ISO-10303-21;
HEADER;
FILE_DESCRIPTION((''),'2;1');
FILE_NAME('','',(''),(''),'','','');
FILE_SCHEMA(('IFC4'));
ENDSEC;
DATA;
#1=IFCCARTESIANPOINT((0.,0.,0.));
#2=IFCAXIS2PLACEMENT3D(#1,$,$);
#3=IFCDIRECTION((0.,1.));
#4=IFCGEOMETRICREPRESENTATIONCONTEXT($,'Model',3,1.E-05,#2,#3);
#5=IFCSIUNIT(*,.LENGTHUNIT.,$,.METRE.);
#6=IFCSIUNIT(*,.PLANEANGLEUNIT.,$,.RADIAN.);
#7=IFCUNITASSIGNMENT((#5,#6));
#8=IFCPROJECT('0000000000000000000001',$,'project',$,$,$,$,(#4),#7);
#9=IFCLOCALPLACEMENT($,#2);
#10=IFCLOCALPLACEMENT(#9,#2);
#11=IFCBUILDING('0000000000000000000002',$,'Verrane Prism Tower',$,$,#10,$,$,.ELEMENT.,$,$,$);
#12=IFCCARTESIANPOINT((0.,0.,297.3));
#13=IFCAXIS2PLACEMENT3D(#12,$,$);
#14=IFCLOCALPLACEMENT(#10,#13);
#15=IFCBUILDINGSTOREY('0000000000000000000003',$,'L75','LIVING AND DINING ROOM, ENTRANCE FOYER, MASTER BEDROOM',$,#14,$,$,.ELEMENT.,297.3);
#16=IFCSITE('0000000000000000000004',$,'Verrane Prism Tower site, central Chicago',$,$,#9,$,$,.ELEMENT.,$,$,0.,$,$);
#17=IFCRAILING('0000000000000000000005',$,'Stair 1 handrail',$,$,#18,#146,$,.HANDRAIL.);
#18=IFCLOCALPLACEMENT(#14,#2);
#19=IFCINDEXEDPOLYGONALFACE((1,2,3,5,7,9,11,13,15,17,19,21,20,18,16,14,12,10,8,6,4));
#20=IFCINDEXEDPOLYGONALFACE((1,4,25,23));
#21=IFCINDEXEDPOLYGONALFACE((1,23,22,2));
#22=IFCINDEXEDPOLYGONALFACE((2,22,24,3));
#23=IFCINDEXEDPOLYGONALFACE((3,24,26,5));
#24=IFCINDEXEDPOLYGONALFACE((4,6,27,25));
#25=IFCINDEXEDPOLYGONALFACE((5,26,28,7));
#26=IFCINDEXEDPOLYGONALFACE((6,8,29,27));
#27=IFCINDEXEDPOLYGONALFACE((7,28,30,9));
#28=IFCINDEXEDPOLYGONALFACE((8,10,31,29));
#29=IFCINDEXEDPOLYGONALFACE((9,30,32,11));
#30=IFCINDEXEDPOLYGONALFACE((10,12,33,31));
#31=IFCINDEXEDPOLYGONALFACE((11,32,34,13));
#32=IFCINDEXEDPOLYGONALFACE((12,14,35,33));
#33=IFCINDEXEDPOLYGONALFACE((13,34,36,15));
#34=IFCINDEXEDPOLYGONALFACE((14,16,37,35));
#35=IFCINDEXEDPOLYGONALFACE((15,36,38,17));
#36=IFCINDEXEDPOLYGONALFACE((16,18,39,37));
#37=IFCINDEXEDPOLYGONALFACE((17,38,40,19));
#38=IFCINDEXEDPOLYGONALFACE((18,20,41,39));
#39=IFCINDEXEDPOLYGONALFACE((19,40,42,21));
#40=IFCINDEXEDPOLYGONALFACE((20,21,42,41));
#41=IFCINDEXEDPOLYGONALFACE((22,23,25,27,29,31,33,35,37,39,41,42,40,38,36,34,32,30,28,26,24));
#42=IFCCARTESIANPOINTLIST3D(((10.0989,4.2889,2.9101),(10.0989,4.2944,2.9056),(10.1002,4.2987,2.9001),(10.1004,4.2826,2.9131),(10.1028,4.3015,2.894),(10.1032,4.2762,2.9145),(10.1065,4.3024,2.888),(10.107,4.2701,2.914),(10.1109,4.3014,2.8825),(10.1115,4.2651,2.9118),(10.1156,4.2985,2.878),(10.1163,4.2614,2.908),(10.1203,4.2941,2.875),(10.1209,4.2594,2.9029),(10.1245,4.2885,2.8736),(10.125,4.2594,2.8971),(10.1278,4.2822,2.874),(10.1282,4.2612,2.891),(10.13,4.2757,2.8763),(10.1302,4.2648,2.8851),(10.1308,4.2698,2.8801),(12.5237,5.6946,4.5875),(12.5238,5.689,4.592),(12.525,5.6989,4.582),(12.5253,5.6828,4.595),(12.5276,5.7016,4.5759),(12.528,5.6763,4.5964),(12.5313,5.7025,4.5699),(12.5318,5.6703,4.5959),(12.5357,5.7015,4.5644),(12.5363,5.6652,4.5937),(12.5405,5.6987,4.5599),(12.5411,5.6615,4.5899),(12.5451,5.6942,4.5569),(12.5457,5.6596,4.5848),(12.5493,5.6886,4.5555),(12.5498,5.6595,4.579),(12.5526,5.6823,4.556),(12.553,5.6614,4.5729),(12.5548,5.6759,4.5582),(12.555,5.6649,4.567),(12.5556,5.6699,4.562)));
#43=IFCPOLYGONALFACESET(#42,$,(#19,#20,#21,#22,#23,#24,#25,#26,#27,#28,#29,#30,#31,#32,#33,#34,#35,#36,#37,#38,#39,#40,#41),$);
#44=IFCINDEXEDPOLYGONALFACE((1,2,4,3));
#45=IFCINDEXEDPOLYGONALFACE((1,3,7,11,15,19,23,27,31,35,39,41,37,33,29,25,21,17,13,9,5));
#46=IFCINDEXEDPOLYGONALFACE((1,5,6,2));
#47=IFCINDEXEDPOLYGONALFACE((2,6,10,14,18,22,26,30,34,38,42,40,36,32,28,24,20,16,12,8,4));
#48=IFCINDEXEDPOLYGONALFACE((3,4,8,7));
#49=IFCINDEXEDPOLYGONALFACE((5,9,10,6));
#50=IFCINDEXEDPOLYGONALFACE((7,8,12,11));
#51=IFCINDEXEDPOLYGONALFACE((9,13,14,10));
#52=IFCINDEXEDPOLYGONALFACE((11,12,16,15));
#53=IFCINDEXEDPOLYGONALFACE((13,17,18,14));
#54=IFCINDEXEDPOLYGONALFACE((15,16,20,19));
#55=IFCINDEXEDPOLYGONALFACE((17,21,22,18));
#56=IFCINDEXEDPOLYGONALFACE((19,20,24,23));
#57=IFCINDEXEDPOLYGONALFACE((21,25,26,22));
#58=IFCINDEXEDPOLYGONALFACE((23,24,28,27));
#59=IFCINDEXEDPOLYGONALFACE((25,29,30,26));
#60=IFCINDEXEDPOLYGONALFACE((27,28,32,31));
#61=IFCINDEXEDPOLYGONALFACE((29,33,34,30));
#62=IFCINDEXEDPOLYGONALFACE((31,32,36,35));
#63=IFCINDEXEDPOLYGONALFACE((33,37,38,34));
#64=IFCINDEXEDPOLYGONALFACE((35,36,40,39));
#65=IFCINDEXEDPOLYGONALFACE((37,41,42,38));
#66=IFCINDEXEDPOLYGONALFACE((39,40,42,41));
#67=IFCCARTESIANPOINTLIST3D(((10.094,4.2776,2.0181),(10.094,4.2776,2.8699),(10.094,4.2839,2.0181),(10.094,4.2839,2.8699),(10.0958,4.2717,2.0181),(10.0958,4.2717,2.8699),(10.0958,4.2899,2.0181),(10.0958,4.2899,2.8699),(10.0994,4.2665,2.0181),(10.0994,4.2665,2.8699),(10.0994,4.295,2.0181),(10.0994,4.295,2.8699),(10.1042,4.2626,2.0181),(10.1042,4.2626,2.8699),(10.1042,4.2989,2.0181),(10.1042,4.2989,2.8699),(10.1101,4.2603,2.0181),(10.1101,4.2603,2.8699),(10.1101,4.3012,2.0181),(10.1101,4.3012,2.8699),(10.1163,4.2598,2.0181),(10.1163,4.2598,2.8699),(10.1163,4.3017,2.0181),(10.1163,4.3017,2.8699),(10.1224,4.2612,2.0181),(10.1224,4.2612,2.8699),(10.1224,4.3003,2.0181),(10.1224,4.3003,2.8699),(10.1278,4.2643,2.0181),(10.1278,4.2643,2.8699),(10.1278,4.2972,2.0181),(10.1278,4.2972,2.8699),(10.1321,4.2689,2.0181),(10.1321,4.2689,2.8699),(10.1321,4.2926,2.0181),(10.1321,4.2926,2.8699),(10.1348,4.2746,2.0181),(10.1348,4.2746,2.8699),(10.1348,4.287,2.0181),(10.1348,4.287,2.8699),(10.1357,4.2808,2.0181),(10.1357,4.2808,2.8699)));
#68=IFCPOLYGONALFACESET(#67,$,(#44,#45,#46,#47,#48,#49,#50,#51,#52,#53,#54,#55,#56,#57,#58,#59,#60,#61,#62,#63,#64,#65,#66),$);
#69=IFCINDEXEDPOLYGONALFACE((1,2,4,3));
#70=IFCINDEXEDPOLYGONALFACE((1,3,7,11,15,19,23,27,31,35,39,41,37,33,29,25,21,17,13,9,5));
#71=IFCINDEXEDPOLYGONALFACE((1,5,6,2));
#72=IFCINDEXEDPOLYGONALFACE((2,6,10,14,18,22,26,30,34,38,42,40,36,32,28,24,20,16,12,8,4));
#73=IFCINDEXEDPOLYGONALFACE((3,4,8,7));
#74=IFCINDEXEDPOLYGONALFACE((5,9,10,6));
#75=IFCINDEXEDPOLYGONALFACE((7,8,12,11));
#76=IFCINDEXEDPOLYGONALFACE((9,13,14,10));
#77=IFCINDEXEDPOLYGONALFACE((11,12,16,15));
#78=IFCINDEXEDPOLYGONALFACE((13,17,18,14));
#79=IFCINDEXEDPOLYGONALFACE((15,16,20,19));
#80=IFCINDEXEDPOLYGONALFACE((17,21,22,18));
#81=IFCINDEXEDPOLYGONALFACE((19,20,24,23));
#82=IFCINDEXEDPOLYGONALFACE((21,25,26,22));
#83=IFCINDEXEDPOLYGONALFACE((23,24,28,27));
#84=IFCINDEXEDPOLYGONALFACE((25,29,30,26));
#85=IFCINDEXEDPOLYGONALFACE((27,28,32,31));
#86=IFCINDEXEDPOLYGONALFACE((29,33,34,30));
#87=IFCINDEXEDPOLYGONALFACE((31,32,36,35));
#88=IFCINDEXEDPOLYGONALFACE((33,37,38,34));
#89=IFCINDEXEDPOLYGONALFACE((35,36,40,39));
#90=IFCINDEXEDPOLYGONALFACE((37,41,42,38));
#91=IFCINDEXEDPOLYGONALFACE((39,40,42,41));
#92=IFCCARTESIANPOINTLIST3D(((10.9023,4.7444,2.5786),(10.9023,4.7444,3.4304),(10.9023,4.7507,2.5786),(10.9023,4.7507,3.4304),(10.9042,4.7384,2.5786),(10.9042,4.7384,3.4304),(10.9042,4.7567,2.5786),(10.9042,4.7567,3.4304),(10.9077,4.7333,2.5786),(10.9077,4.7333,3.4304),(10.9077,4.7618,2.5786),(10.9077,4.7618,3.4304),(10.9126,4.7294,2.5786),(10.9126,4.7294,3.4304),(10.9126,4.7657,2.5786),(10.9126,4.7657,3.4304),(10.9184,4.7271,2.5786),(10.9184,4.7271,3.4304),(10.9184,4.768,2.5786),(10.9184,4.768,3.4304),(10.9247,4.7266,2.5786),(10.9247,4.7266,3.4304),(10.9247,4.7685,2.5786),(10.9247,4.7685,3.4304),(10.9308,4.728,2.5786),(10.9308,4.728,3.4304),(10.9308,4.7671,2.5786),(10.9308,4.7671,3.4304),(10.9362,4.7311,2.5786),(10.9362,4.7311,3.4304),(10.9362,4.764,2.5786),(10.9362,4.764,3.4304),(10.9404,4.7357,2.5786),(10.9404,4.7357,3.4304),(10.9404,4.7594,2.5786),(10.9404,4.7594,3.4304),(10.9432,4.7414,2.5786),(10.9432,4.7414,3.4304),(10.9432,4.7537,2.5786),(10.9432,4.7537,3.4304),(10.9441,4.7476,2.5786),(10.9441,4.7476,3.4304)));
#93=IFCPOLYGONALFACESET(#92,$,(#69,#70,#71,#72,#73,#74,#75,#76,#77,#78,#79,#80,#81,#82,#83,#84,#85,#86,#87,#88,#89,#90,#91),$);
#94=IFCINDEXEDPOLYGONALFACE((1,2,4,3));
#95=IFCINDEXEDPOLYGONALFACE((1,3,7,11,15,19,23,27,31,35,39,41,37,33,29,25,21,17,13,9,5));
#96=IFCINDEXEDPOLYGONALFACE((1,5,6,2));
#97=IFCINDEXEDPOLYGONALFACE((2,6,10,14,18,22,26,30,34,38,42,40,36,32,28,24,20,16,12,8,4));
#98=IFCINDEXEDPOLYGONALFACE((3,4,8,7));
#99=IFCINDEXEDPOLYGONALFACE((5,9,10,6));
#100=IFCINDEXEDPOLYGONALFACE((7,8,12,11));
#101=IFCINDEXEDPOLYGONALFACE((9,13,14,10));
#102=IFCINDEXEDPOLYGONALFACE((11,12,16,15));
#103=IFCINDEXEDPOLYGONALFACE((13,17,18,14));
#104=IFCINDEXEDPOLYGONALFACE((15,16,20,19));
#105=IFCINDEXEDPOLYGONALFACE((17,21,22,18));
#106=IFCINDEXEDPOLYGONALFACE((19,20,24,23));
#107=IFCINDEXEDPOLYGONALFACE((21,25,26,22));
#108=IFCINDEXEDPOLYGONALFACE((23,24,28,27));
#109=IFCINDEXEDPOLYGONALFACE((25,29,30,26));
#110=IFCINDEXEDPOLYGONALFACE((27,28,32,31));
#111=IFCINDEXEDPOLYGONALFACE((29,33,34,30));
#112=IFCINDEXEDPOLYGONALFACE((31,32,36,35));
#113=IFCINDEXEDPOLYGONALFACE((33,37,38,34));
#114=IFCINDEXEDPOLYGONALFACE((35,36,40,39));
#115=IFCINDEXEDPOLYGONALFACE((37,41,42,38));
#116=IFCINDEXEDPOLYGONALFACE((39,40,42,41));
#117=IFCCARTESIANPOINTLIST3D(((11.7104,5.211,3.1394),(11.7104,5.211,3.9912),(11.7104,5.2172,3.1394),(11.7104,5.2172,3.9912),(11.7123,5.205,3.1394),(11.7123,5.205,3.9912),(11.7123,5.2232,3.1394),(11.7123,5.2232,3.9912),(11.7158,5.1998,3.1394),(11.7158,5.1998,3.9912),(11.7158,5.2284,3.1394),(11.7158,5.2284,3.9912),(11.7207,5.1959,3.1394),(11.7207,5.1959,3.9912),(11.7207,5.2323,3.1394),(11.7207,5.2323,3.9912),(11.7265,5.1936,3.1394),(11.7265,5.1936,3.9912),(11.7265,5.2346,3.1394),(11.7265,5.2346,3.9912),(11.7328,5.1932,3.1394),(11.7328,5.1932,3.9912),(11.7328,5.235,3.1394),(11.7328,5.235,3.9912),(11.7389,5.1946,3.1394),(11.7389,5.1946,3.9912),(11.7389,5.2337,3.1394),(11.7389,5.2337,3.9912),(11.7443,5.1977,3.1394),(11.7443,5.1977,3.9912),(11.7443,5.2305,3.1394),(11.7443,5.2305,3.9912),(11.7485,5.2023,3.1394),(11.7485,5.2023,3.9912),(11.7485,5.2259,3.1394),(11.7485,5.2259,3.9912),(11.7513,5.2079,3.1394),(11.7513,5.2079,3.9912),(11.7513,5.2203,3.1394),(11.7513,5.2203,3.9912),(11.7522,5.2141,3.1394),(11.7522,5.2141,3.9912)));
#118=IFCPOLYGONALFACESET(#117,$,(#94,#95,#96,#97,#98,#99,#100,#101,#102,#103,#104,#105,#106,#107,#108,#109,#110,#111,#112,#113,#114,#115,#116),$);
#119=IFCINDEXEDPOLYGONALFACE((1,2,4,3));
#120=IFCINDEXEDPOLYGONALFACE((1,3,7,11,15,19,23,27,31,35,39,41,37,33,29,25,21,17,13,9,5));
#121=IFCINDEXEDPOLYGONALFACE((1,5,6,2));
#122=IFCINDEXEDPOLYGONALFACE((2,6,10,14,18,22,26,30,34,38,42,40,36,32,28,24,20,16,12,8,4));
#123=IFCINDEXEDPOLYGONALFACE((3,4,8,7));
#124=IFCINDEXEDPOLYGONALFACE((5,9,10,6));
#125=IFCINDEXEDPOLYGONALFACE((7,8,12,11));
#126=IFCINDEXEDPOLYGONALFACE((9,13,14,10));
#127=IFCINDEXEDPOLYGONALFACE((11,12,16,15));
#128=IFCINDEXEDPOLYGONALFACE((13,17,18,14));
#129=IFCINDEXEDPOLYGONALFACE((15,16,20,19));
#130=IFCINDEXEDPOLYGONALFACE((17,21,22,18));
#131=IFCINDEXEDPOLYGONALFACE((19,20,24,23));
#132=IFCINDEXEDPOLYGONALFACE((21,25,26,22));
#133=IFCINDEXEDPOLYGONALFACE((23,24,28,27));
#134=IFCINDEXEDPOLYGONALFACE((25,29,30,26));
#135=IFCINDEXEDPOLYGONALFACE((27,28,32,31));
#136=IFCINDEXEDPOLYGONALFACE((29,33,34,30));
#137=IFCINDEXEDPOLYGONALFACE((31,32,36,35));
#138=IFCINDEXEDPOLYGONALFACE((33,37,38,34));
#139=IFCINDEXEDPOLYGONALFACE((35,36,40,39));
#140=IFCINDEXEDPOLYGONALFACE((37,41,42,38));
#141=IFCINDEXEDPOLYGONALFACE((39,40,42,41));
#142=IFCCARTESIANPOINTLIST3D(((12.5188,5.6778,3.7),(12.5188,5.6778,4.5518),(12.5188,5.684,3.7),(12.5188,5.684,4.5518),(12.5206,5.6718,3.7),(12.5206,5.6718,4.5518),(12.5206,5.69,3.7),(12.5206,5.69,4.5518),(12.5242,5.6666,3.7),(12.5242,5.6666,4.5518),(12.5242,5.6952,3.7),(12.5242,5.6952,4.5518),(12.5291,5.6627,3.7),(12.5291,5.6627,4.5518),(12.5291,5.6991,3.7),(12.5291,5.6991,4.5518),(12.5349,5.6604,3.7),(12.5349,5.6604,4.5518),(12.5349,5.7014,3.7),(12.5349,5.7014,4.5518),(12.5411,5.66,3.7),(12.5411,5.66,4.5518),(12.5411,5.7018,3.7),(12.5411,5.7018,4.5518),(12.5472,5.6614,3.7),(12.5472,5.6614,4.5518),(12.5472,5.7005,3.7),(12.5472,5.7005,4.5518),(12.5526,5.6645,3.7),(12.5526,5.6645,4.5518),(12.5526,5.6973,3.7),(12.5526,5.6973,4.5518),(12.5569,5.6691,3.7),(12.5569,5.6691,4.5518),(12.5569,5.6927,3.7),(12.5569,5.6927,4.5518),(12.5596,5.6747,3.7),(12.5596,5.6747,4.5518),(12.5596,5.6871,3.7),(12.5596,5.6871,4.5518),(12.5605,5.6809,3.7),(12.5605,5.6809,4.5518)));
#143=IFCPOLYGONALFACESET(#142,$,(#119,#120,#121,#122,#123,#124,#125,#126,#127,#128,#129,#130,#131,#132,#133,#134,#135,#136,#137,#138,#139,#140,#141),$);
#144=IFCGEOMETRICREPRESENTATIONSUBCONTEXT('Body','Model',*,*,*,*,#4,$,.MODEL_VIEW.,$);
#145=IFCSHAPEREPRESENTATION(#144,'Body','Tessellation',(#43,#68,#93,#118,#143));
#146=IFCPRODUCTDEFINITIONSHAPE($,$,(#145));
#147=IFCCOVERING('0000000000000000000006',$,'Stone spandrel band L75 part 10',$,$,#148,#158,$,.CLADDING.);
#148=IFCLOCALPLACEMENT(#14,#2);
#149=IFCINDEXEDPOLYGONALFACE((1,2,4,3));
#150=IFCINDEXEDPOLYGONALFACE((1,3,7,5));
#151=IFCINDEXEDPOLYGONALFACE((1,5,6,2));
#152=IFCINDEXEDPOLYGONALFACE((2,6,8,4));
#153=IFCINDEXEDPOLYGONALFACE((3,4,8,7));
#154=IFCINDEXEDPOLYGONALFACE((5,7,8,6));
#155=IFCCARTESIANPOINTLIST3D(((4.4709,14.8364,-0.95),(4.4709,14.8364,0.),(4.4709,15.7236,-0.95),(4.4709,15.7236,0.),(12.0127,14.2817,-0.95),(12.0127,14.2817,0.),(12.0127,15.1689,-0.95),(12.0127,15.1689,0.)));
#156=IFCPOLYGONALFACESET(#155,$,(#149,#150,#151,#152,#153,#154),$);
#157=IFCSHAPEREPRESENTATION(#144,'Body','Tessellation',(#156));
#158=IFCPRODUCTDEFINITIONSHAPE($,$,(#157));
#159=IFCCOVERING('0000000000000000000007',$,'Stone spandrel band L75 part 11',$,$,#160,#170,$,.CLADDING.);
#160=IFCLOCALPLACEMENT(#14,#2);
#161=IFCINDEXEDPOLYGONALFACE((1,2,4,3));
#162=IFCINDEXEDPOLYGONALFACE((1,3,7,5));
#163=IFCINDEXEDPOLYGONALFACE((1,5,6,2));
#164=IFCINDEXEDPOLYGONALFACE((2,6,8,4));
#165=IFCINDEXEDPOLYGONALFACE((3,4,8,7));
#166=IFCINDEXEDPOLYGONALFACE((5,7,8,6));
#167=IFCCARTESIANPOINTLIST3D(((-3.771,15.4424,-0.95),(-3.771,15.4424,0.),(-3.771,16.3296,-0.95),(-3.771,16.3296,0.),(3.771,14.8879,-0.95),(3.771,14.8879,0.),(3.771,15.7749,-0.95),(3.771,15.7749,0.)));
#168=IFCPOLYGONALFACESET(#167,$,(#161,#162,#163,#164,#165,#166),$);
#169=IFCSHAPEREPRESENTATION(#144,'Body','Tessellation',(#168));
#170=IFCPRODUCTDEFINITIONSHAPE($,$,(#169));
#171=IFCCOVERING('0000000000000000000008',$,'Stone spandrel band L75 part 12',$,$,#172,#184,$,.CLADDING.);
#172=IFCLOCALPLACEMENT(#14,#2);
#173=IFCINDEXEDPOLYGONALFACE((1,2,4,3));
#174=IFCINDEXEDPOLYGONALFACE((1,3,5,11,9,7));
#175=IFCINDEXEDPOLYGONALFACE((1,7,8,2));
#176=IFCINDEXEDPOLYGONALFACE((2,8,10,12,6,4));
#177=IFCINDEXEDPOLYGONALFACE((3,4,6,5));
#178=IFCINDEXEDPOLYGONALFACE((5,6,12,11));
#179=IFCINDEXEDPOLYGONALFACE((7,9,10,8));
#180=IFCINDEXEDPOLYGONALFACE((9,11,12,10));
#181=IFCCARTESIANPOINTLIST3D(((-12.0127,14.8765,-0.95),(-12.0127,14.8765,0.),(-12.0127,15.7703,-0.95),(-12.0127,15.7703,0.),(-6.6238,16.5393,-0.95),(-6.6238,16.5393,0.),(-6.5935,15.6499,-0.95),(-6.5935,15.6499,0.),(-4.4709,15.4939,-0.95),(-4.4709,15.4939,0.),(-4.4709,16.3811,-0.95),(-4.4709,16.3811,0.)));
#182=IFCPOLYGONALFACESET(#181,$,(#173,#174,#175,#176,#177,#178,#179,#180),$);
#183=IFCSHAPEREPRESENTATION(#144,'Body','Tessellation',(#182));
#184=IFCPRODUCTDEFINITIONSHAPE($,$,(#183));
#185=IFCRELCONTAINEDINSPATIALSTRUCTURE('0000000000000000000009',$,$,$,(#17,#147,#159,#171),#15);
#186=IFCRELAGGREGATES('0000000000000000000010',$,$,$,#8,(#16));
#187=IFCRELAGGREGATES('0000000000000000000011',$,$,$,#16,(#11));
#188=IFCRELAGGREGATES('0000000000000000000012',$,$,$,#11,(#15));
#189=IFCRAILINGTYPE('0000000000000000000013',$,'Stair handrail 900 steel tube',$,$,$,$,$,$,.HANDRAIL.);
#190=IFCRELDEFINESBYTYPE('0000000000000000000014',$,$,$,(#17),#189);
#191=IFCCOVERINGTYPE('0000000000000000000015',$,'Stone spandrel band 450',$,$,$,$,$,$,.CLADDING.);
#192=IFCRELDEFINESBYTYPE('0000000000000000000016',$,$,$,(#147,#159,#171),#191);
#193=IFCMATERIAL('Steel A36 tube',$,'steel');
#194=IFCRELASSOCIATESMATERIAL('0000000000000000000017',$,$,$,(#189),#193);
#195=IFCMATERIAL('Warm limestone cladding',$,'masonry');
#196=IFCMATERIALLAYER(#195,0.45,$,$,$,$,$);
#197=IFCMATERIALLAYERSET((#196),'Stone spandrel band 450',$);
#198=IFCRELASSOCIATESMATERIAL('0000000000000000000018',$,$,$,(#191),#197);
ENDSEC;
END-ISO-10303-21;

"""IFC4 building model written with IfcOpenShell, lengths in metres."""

from ifc_helpers import new_model, si_unit, direction, frame, origin, origin_2d, place, context, subcontext, project, spatial, polyline, circle, outline, extrude, material, layer, layer_set, type_object, element, save


model = new_model("IFC4")

# Units and contexts
model_context = context("Model", 3, precision=1e-05, world=origin(), true_north=direction((0.0, 1.0)))
body_context = subcontext(model_context, "Body", "Model", "MODEL_VIEW")
ifc_project = project(units=[si_unit("LENGTHUNIT", "METRE"), si_unit("PLANEANGLEUNIT", "RADIAN")], contexts=[model_context])

# Site, building, storey
site_placement = place(None, origin())
site = spatial("IfcSite", under=ifc_project, at=site_placement, Name="Verrane Prism Tower site, central Chicago", CompositionType="ELEMENT", RefElevation=0.0)
building_placement = place(site_placement, origin())
building = spatial("IfcBuilding", under=site, at=building_placement, Name="Verrane Prism Tower", CompositionType="ELEMENT")
storey_placement = place(building_placement, frame((0.0, 0.0, 297.3)))
storey = spatial("IfcBuildingStorey", under=building, at=storey_placement, Name="L75", Description="LIVING AND DINING ROOM, ENTRANCE FOYER, MASTER BEDROOM", CompositionType="ELEMENT", Elevation=297.3)

# Railing
ifc_material_1 = material(Name="Steel A36 tube", Category="steel")
railing_type = type_object("IfcRailingType", Name="Stair handrail 900 steel tube", PredefinedType="HANDRAIL", material=ifc_material_1)
railing_placement = place(storey_placement, frame((10.1147, 4.2808, 2.0181)))
element("IfcRailing", 1, at=railing_placement, inside=storey, type_object=railing_type, Name="Stair 1 handrail", PredefinedType="HANDRAIL", context=body_context, shape_type="SweptSolid", body=[
    extrude(circle(Radius=0.0239, at=origin_2d()), frame((0.0, 0.0, 0.876), z_axis=(0.742367, 0.428662, 0.514918), x_axis=(-0.50005, 0.865997, 0.0)), (0.0, 0.0, 1.0), 3.2664),
    extrude(circle(Radius=0.021, at=origin_2d()), origin(), (0.0, 0.0, 1.0), 0.8518),
    extrude(circle(Radius=0.021, at=origin_2d()), frame((0.8083, 0.4668, 0.5605)), (0.0, 0.0, 1.0), 0.8518),
    extrude(circle(Radius=0.021, at=origin_2d()), frame((1.6165, 0.9333, 1.1213)), (0.0, 0.0, 1.0), 0.8518),
    extrude(circle(Radius=0.021, at=origin_2d()), frame((2.4248, 1.4001, 1.6819)), (0.0, 0.0, 1.0), 0.8518),
])

# Coverings
ifc_material_2 = material(Name="Warm limestone cladding", Category="masonry")
ifc_layer_1 = layer(ifc_material_2, 0.45)
ifc_layer_set_1 = layer_set([ifc_layer_1], Name="Stone spandrel band 450")
covering_type = type_object("IfcCoveringType", Name="Stone spandrel band 450", PredefinedType="CLADDING", material=ifc_layer_set_1)
covering_1_placement = place(storey_placement, frame((0.0, 0.0, -0.95)))
element("IfcCovering", 2, at=covering_1_placement, inside=storey, type_object=covering_type, Name="Stone spandrel band L75 part 10", PredefinedType="CLADDING", context=body_context, shape_type="SweptSolid", body=[
    extrude(outline(polyline([(4.4709, 14.8364), (12.0127, 14.2817), (12.0127, 15.1689), (4.4709, 15.7236), (4.4709, 14.8364)])), origin(), (0.0, 0.0, 1.0), 0.95),
])
covering_2_placement = place(storey_placement, frame((0.0, 0.0, -0.95)))
element("IfcCovering", 3, at=covering_2_placement, inside=storey, type_object=covering_type, Name="Stone spandrel band L75 part 11", PredefinedType="CLADDING", context=body_context, shape_type="SweptSolid", body=[
    extrude(outline(polyline([(-3.771, 15.4424), (3.771, 14.8879), (3.771, 15.7749), (-3.771, 16.3296), (-3.771, 15.4424)])), origin(), (0.0, 0.0, 1.0), 0.95),
])
covering_3_placement = place(storey_placement, frame((0.0, 0.0, -0.95)))
element("IfcCovering", 4, at=covering_3_placement, inside=storey, type_object=covering_type, Name="Stone spandrel band L75 part 12", PredefinedType="CLADDING", context=body_context, shape_type="SweptSolid", body=[
    extrude(outline(polyline([(-12.0127, 14.8765), (-6.5935, 15.6499), (-4.4709, 15.4939), (-4.4709, 16.3811), (-6.6238, 16.5393), (-12.0127, 15.7703), (-12.0127, 14.8765)])), origin(), (0.0, 0.0, 1.0), 0.95),
])

save(model, "model.ifc")
